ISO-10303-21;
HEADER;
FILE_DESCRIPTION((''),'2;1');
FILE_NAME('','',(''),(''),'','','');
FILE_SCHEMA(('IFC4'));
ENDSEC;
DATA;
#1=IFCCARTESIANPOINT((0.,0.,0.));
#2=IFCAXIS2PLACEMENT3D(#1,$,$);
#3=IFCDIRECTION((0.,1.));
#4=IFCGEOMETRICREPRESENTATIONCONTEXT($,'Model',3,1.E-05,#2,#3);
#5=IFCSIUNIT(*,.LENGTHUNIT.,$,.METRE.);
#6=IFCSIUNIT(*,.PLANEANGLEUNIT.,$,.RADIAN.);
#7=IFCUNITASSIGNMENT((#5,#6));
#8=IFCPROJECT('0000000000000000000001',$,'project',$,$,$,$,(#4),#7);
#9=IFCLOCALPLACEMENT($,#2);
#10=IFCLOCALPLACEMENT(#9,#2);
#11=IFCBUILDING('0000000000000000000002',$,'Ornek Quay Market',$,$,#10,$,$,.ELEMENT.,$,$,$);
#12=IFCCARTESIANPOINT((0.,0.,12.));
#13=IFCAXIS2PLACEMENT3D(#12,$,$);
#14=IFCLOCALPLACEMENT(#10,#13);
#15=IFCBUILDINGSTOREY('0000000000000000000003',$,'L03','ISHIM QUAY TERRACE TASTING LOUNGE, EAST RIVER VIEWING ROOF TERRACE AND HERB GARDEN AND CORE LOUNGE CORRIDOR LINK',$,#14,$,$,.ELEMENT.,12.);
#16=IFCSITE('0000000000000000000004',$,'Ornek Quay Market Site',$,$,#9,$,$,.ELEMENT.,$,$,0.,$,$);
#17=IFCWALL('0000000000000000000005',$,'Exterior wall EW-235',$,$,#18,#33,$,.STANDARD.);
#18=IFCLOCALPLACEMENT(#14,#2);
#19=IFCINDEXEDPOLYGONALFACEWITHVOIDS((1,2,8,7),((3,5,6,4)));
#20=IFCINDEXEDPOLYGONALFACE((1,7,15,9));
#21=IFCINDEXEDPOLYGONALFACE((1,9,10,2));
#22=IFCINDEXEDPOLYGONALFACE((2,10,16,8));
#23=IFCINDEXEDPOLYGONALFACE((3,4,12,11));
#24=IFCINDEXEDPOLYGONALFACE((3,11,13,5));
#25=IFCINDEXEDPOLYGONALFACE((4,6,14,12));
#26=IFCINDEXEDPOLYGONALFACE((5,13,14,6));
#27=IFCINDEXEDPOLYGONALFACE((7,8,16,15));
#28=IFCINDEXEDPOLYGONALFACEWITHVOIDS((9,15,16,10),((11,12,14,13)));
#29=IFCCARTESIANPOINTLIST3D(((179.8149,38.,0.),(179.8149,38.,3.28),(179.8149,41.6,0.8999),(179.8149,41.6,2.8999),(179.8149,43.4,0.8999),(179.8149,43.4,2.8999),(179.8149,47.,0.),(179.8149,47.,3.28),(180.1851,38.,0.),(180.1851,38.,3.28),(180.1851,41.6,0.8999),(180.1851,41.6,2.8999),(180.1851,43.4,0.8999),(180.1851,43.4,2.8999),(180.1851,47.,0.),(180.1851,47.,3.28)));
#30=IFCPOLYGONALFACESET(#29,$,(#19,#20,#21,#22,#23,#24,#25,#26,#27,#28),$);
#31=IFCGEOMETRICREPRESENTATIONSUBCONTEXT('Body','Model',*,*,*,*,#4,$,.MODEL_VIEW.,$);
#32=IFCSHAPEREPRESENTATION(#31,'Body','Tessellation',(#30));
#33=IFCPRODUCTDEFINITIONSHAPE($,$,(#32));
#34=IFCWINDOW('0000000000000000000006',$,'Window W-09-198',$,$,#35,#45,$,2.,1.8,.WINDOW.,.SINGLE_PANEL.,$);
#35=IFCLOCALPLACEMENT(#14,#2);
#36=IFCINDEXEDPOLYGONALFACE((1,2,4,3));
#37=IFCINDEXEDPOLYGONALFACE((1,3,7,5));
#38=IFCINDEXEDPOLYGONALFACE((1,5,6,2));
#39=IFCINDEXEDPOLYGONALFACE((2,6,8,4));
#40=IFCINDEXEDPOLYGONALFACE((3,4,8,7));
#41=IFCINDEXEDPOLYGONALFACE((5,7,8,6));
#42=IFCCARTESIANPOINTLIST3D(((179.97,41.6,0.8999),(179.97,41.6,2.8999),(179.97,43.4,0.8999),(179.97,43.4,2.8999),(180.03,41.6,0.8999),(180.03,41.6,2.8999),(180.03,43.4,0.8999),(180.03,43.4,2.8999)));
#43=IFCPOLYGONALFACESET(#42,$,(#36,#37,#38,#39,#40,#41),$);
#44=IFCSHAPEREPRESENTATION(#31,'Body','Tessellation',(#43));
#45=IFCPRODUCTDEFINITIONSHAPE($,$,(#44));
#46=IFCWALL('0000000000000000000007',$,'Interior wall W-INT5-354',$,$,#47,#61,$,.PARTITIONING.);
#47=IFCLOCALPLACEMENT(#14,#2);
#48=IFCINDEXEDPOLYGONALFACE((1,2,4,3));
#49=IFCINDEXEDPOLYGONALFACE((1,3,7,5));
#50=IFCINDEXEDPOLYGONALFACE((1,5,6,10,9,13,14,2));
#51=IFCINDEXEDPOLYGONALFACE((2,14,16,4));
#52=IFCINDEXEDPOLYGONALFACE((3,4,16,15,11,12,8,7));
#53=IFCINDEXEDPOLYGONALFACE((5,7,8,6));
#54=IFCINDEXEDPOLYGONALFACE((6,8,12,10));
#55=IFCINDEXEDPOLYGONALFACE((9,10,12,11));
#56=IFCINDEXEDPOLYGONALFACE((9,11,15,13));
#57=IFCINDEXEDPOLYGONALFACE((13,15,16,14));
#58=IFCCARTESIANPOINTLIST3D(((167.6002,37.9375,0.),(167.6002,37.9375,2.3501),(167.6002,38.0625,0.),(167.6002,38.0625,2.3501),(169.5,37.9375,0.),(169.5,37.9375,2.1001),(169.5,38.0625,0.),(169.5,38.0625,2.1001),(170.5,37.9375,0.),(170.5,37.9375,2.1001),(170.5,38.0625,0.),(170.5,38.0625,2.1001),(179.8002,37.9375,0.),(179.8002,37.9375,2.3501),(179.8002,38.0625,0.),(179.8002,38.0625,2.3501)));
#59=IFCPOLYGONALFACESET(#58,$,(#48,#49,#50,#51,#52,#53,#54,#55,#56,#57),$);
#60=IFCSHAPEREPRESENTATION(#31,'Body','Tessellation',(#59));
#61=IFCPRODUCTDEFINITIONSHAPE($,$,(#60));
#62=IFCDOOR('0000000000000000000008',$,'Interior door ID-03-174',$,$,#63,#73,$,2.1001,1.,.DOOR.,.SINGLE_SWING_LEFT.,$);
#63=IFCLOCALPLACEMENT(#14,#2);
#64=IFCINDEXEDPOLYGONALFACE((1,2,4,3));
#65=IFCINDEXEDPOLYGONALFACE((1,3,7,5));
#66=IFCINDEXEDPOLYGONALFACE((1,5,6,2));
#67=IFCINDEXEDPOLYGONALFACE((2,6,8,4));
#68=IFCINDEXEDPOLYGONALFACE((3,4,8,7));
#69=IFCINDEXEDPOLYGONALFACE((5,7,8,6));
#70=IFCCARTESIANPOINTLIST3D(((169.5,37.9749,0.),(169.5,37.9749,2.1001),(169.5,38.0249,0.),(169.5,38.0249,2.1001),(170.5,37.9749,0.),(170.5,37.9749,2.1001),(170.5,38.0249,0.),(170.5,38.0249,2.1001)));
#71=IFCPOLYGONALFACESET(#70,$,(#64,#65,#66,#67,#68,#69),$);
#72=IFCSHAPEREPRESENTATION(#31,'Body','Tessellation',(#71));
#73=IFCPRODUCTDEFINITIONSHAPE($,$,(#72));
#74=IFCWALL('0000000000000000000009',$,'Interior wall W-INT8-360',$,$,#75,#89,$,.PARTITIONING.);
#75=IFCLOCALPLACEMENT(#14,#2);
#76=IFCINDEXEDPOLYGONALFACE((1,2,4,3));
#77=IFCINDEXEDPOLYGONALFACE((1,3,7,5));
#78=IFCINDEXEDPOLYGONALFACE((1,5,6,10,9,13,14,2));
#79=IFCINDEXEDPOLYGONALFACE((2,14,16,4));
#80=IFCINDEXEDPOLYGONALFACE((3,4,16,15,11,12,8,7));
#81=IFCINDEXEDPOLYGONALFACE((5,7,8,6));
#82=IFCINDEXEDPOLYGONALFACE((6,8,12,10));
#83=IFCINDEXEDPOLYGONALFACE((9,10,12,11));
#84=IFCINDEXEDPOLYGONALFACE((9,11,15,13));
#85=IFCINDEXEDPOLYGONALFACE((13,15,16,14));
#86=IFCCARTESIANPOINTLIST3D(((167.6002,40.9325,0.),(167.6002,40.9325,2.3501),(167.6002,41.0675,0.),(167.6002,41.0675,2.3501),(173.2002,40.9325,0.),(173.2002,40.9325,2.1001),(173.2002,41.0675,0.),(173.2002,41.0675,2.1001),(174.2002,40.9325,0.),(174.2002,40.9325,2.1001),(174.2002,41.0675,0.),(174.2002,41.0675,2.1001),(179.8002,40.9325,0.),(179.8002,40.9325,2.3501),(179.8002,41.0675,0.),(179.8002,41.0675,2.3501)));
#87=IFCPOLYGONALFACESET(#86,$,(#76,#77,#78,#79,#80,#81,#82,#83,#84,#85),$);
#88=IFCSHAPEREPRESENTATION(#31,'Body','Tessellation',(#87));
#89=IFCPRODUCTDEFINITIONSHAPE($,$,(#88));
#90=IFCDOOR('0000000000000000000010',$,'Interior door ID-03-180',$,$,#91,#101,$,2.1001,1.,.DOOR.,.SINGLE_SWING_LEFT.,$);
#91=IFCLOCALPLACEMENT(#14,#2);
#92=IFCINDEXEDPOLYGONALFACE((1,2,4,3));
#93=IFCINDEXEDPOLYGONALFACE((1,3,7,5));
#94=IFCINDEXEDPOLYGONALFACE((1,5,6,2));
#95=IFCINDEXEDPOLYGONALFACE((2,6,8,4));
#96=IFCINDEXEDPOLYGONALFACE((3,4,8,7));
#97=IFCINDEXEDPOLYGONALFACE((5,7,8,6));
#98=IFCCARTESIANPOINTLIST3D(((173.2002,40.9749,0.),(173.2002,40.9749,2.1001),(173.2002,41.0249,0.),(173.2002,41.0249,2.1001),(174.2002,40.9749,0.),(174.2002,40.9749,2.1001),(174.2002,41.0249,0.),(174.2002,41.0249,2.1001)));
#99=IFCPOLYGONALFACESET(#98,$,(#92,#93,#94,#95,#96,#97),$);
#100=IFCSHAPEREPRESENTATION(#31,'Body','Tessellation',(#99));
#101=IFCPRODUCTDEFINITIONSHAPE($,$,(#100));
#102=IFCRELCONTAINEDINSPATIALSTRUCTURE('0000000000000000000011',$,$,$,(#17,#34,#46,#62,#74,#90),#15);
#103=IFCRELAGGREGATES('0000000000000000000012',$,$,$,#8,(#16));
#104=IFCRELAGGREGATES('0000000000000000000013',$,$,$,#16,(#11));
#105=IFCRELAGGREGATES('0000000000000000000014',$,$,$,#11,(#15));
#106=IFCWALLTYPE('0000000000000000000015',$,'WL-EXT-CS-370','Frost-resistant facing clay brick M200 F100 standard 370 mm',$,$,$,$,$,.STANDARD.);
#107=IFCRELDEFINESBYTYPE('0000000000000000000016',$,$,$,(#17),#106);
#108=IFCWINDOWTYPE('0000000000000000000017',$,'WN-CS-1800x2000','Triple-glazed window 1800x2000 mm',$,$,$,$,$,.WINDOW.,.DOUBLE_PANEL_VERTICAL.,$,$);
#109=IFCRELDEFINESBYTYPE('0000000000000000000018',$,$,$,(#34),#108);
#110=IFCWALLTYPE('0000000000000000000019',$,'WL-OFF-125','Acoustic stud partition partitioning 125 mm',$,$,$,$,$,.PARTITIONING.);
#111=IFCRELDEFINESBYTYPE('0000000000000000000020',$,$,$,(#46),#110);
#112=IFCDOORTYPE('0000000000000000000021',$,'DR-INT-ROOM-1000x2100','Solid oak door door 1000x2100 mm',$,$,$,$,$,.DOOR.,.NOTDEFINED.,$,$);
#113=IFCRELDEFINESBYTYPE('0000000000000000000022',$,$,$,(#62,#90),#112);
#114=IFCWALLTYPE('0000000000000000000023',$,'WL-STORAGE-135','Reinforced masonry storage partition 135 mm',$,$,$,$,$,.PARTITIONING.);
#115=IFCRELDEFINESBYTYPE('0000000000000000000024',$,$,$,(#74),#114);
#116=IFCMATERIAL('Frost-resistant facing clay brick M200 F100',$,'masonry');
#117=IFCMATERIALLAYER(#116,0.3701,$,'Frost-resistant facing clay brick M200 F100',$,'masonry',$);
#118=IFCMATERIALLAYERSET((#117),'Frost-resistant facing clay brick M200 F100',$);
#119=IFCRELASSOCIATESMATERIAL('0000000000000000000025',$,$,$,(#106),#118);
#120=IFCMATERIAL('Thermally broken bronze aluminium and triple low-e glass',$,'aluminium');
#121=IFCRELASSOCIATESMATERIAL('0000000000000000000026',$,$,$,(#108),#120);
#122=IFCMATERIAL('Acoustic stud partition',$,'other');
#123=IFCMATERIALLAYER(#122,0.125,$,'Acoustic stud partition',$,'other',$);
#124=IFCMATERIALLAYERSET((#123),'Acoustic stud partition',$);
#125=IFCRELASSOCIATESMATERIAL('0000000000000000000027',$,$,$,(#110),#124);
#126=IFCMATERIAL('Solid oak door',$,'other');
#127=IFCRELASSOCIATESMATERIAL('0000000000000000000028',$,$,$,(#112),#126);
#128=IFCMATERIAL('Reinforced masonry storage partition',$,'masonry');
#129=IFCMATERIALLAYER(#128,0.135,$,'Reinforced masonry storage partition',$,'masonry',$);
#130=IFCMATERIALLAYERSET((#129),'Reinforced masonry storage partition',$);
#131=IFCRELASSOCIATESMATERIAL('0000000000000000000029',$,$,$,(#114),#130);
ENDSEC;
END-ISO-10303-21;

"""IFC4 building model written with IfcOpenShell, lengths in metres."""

from ifc_helpers import new_model, si_unit, direction, frame, frame_2d, origin, place, context, subcontext, project, spatial, rectangle, extrude, material, layer, layer_set, type_object, element, fill, save


model = new_model("IFC4")

# Units and contexts
model_context = context("Model", 3, precision=1e-05, world=origin(), true_north=direction((0.0, 1.0)))
body_context = subcontext(model_context, "Body", "Model", "MODEL_VIEW")
ifc_project = project(units=[si_unit("LENGTHUNIT", "METRE"), si_unit("PLANEANGLEUNIT", "RADIAN")], contexts=[model_context])

# Site, building, storey
site_placement = place(None, origin())
site = spatial("IfcSite", under=ifc_project, at=site_placement, Name="Ornek Quay Market Site", CompositionType="ELEMENT", RefElevation=0.0)
building_placement = place(site_placement, origin())
building = spatial("IfcBuilding", under=site, at=building_placement, Name="Ornek Quay Market", CompositionType="ELEMENT")
storey_placement = place(building_placement, frame((0.0, 0.0, 12.0)))
storey = spatial("IfcBuildingStorey", under=building, at=storey_placement, Name="L03", Description="ISHIM QUAY TERRACE TASTING LOUNGE, EAST RIVER VIEWING ROOF TERRACE AND HERB GARDEN AND CORE LOUNGE CORRIDOR LINK", CompositionType="ELEMENT", Elevation=12.0)

# Wall, opening, window
ifc_material_1 = material(Name="Frost-resistant facing clay brick M200 F100", Category="masonry")
ifc_layer_1 = layer(ifc_material_1, 0.3701, Name="Frost-resistant facing clay brick M200 F100", Category="masonry")
ifc_layer_set_1 = layer_set([ifc_layer_1], Name="Frost-resistant facing clay brick M200 F100")
wall_type_1 = type_object("IfcWallType", Name="WL-EXT-CS-370", Description="Frost-resistant facing clay brick M200 F100 standard 370 mm", PredefinedType="STANDARD", material=ifc_layer_set_1)
wall_1_placement = place(storey_placement, frame((180.0, 38.0, 0.0), z_axis=(0.0, 0.0, 1.0), x_axis=(0.0, 1.0, 0.0)))
wall_1 = element("IfcWall", 1, at=wall_1_placement, inside=storey, type_object=wall_type_1, Name="Exterior wall EW-235", PredefinedType="STANDARD", context=body_context, shape_type="SweptSolid", body=[
    extrude(rectangle(XDim=9.0, YDim=0.3701, at=frame_2d((4.5, 0.0))), origin(), (0.0, 0.0, 1.0), 3.28),
])
opening_1_placement = place(wall_1_placement, frame((3.6001, 0.0, 0.8999)))
opening_1 = element("IfcOpeningElement", 2, at=opening_1_placement, cuts=wall_1, PredefinedType="OPENING", context=body_context, shape_type="SweptSolid", body=[
    extrude(rectangle(XDim=1.8, YDim=2.0, at=frame_2d((0.8999, 1.0))), frame((0.0, 0.1951, 0.0), z_axis=(0.0, -1.0, 0.0), x_axis=(1.0, 0.0, 0.0)), (0.0, 0.0, 1.0), 0.3901),
])
ifc_material_2 = material(Name="Thermally broken bronze aluminium and triple low-e glass", Category="aluminium")
window_type = type_object("IfcWindowType", Name="WN-CS-1800x2000", Description="Triple-glazed window 1800x2000 mm", PartitioningType="DOUBLE_PANEL_VERTICAL", PredefinedType="WINDOW", material=ifc_material_2)
window_placement = place(opening_1_placement, origin())
window = element("IfcWindow", 3, at=window_placement, inside=storey, type_object=window_type, Name="Window W-09-198", OverallHeight=2.0, OverallWidth=1.8, PartitioningType="SINGLE_PANEL", PredefinedType="WINDOW", context=body_context, shape_type="SweptSolid", body=[
    extrude(rectangle(XDim=1.8, YDim=2.0, at=frame_2d((0.8999, 1.0))), frame((0.0, 0.03, 0.0), z_axis=(0.0, -1.0, 0.0), x_axis=(1.0, 0.0, 0.0)), (0.0, 0.0, 1.0), 0.0601),
])
fill(opening_1, window)

# Walls, openings, doors
ifc_material_3 = material(Name="Acoustic stud partition", Category="other")
ifc_layer_2 = layer(ifc_material_3, 0.125, Name="Acoustic stud partition", Category="other")
ifc_layer_set_2 = layer_set([ifc_layer_2], Name="Acoustic stud partition")
wall_type_2 = type_object("IfcWallType", Name="WL-OFF-125", Description="Acoustic stud partition partitioning 125 mm", PredefinedType="PARTITIONING", material=ifc_layer_set_2)
wall_2_placement = place(storey_placement, frame((167.6001, 38.0, 0.0), z_axis=(0.0, 0.0, 1.0), x_axis=(1.0, 0.0, 0.0)))
wall_2 = element("IfcWall", 4, at=wall_2_placement, inside=storey, type_object=wall_type_2, Name="Interior wall W-INT5-354", PredefinedType="PARTITIONING", context=body_context, shape_type="SweptSolid", body=[
    extrude(rectangle(XDim=12.2, YDim=0.125, at=frame_2d((6.1001, 0.0))), origin(), (0.0, 0.0, 1.0), 2.3501),
])
opening_2_placement = place(wall_2_placement, frame((1.8999, 0.0, 0.0)))
opening_2 = element("IfcOpeningElement", 5, at=opening_2_placement, cuts=wall_2, PredefinedType="OPENING", context=body_context, shape_type="SweptSolid", body=[
    extrude(rectangle(XDim=1.0, YDim=2.1001, at=frame_2d((0.5, 1.05))), frame((0.0, 0.0725, 0.0), z_axis=(0.0, -1.0, 0.0), x_axis=(1.0, 0.0, 0.0)), (0.0, 0.0, 1.0), 0.145),
])
ifc_material_4 = material(Name="Solid oak door", Category="other")
door_type = type_object("IfcDoorType", Name="DR-INT-ROOM-1000x2100", Description="Solid oak door door 1000x2100 mm", OperationType="NOTDEFINED", PredefinedType="DOOR", material=ifc_material_4)
door_1_placement = place(opening_2_placement, origin())
door_1 = element("IfcDoor", 6, at=door_1_placement, inside=storey, type_object=door_type, Name="Interior door ID-03-174", OperationType="SINGLE_SWING_LEFT", OverallHeight=2.1001, OverallWidth=1.0, PredefinedType="DOOR", context=body_context, shape_type="SweptSolid", body=[
    extrude(rectangle(XDim=1.0, YDim=2.1001, at=frame_2d((0.5, 1.05))), frame((0.0, 0.0249, 0.0), z_axis=(0.0, -1.0, 0.0), x_axis=(1.0, 0.0, 0.0)), (0.0, 0.0, 1.0), 0.05),
])
fill(opening_2, door_1)
ifc_material_5 = material(Name="Reinforced masonry storage partition", Category="masonry")
ifc_layer_3 = layer(ifc_material_5, 0.135, Name="Reinforced masonry storage partition", Category="masonry")
ifc_layer_set_3 = layer_set([ifc_layer_3], Name="Reinforced masonry storage partition")
wall_type_3 = type_object("IfcWallType", Name="WL-STORAGE-135", Description="Reinforced masonry storage partition 135 mm", PredefinedType="PARTITIONING", material=ifc_layer_set_3)
wall_3_placement = place(storey_placement, frame((167.6001, 41.0, 0.0), z_axis=(0.0, 0.0, 1.0), x_axis=(1.0, 0.0, 0.0)))
wall_3 = element("IfcWall", 7, at=wall_3_placement, inside=storey, type_object=wall_type_3, Name="Interior wall W-INT8-360", PredefinedType="PARTITIONING", context=body_context, shape_type="SweptSolid", body=[
    extrude(rectangle(XDim=12.2, YDim=0.135, at=frame_2d((6.1001, 0.0))), origin(), (0.0, 0.0, 1.0), 2.3501),
])
opening_3_placement = place(wall_3_placement, frame((5.6001, 0.0, 0.0)))
opening_3 = element("IfcOpeningElement", 8, at=opening_3_placement, cuts=wall_3, PredefinedType="OPENING", context=body_context, shape_type="SweptSolid", body=[
    extrude(rectangle(XDim=1.0, YDim=2.1001, at=frame_2d((0.5, 1.05))), frame((0.0, 0.0774, 0.0), z_axis=(0.0, -1.0, 0.0), x_axis=(1.0, 0.0, 0.0)), (0.0, 0.0, 1.0), 0.155),
])
door_2_placement = place(opening_3_placement, origin())
door_2 = element("IfcDoor", 9, at=door_2_placement, inside=storey, type_object=door_type, Name="Interior door ID-03-180", OperationType="SINGLE_SWING_LEFT", OverallHeight=2.1001, OverallWidth=1.0, PredefinedType="DOOR", context=body_context, shape_type="SweptSolid", body=[
    extrude(rectangle(XDim=1.0, YDim=2.1001, at=frame_2d((0.5, 1.05))), frame((0.0, 0.0249, 0.0), z_axis=(0.0, -1.0, 0.0), x_axis=(1.0, 0.0, 0.0)), (0.0, 0.0, 1.0), 0.05),
])
fill(opening_3, door_2)

save(model, "model.ifc")
